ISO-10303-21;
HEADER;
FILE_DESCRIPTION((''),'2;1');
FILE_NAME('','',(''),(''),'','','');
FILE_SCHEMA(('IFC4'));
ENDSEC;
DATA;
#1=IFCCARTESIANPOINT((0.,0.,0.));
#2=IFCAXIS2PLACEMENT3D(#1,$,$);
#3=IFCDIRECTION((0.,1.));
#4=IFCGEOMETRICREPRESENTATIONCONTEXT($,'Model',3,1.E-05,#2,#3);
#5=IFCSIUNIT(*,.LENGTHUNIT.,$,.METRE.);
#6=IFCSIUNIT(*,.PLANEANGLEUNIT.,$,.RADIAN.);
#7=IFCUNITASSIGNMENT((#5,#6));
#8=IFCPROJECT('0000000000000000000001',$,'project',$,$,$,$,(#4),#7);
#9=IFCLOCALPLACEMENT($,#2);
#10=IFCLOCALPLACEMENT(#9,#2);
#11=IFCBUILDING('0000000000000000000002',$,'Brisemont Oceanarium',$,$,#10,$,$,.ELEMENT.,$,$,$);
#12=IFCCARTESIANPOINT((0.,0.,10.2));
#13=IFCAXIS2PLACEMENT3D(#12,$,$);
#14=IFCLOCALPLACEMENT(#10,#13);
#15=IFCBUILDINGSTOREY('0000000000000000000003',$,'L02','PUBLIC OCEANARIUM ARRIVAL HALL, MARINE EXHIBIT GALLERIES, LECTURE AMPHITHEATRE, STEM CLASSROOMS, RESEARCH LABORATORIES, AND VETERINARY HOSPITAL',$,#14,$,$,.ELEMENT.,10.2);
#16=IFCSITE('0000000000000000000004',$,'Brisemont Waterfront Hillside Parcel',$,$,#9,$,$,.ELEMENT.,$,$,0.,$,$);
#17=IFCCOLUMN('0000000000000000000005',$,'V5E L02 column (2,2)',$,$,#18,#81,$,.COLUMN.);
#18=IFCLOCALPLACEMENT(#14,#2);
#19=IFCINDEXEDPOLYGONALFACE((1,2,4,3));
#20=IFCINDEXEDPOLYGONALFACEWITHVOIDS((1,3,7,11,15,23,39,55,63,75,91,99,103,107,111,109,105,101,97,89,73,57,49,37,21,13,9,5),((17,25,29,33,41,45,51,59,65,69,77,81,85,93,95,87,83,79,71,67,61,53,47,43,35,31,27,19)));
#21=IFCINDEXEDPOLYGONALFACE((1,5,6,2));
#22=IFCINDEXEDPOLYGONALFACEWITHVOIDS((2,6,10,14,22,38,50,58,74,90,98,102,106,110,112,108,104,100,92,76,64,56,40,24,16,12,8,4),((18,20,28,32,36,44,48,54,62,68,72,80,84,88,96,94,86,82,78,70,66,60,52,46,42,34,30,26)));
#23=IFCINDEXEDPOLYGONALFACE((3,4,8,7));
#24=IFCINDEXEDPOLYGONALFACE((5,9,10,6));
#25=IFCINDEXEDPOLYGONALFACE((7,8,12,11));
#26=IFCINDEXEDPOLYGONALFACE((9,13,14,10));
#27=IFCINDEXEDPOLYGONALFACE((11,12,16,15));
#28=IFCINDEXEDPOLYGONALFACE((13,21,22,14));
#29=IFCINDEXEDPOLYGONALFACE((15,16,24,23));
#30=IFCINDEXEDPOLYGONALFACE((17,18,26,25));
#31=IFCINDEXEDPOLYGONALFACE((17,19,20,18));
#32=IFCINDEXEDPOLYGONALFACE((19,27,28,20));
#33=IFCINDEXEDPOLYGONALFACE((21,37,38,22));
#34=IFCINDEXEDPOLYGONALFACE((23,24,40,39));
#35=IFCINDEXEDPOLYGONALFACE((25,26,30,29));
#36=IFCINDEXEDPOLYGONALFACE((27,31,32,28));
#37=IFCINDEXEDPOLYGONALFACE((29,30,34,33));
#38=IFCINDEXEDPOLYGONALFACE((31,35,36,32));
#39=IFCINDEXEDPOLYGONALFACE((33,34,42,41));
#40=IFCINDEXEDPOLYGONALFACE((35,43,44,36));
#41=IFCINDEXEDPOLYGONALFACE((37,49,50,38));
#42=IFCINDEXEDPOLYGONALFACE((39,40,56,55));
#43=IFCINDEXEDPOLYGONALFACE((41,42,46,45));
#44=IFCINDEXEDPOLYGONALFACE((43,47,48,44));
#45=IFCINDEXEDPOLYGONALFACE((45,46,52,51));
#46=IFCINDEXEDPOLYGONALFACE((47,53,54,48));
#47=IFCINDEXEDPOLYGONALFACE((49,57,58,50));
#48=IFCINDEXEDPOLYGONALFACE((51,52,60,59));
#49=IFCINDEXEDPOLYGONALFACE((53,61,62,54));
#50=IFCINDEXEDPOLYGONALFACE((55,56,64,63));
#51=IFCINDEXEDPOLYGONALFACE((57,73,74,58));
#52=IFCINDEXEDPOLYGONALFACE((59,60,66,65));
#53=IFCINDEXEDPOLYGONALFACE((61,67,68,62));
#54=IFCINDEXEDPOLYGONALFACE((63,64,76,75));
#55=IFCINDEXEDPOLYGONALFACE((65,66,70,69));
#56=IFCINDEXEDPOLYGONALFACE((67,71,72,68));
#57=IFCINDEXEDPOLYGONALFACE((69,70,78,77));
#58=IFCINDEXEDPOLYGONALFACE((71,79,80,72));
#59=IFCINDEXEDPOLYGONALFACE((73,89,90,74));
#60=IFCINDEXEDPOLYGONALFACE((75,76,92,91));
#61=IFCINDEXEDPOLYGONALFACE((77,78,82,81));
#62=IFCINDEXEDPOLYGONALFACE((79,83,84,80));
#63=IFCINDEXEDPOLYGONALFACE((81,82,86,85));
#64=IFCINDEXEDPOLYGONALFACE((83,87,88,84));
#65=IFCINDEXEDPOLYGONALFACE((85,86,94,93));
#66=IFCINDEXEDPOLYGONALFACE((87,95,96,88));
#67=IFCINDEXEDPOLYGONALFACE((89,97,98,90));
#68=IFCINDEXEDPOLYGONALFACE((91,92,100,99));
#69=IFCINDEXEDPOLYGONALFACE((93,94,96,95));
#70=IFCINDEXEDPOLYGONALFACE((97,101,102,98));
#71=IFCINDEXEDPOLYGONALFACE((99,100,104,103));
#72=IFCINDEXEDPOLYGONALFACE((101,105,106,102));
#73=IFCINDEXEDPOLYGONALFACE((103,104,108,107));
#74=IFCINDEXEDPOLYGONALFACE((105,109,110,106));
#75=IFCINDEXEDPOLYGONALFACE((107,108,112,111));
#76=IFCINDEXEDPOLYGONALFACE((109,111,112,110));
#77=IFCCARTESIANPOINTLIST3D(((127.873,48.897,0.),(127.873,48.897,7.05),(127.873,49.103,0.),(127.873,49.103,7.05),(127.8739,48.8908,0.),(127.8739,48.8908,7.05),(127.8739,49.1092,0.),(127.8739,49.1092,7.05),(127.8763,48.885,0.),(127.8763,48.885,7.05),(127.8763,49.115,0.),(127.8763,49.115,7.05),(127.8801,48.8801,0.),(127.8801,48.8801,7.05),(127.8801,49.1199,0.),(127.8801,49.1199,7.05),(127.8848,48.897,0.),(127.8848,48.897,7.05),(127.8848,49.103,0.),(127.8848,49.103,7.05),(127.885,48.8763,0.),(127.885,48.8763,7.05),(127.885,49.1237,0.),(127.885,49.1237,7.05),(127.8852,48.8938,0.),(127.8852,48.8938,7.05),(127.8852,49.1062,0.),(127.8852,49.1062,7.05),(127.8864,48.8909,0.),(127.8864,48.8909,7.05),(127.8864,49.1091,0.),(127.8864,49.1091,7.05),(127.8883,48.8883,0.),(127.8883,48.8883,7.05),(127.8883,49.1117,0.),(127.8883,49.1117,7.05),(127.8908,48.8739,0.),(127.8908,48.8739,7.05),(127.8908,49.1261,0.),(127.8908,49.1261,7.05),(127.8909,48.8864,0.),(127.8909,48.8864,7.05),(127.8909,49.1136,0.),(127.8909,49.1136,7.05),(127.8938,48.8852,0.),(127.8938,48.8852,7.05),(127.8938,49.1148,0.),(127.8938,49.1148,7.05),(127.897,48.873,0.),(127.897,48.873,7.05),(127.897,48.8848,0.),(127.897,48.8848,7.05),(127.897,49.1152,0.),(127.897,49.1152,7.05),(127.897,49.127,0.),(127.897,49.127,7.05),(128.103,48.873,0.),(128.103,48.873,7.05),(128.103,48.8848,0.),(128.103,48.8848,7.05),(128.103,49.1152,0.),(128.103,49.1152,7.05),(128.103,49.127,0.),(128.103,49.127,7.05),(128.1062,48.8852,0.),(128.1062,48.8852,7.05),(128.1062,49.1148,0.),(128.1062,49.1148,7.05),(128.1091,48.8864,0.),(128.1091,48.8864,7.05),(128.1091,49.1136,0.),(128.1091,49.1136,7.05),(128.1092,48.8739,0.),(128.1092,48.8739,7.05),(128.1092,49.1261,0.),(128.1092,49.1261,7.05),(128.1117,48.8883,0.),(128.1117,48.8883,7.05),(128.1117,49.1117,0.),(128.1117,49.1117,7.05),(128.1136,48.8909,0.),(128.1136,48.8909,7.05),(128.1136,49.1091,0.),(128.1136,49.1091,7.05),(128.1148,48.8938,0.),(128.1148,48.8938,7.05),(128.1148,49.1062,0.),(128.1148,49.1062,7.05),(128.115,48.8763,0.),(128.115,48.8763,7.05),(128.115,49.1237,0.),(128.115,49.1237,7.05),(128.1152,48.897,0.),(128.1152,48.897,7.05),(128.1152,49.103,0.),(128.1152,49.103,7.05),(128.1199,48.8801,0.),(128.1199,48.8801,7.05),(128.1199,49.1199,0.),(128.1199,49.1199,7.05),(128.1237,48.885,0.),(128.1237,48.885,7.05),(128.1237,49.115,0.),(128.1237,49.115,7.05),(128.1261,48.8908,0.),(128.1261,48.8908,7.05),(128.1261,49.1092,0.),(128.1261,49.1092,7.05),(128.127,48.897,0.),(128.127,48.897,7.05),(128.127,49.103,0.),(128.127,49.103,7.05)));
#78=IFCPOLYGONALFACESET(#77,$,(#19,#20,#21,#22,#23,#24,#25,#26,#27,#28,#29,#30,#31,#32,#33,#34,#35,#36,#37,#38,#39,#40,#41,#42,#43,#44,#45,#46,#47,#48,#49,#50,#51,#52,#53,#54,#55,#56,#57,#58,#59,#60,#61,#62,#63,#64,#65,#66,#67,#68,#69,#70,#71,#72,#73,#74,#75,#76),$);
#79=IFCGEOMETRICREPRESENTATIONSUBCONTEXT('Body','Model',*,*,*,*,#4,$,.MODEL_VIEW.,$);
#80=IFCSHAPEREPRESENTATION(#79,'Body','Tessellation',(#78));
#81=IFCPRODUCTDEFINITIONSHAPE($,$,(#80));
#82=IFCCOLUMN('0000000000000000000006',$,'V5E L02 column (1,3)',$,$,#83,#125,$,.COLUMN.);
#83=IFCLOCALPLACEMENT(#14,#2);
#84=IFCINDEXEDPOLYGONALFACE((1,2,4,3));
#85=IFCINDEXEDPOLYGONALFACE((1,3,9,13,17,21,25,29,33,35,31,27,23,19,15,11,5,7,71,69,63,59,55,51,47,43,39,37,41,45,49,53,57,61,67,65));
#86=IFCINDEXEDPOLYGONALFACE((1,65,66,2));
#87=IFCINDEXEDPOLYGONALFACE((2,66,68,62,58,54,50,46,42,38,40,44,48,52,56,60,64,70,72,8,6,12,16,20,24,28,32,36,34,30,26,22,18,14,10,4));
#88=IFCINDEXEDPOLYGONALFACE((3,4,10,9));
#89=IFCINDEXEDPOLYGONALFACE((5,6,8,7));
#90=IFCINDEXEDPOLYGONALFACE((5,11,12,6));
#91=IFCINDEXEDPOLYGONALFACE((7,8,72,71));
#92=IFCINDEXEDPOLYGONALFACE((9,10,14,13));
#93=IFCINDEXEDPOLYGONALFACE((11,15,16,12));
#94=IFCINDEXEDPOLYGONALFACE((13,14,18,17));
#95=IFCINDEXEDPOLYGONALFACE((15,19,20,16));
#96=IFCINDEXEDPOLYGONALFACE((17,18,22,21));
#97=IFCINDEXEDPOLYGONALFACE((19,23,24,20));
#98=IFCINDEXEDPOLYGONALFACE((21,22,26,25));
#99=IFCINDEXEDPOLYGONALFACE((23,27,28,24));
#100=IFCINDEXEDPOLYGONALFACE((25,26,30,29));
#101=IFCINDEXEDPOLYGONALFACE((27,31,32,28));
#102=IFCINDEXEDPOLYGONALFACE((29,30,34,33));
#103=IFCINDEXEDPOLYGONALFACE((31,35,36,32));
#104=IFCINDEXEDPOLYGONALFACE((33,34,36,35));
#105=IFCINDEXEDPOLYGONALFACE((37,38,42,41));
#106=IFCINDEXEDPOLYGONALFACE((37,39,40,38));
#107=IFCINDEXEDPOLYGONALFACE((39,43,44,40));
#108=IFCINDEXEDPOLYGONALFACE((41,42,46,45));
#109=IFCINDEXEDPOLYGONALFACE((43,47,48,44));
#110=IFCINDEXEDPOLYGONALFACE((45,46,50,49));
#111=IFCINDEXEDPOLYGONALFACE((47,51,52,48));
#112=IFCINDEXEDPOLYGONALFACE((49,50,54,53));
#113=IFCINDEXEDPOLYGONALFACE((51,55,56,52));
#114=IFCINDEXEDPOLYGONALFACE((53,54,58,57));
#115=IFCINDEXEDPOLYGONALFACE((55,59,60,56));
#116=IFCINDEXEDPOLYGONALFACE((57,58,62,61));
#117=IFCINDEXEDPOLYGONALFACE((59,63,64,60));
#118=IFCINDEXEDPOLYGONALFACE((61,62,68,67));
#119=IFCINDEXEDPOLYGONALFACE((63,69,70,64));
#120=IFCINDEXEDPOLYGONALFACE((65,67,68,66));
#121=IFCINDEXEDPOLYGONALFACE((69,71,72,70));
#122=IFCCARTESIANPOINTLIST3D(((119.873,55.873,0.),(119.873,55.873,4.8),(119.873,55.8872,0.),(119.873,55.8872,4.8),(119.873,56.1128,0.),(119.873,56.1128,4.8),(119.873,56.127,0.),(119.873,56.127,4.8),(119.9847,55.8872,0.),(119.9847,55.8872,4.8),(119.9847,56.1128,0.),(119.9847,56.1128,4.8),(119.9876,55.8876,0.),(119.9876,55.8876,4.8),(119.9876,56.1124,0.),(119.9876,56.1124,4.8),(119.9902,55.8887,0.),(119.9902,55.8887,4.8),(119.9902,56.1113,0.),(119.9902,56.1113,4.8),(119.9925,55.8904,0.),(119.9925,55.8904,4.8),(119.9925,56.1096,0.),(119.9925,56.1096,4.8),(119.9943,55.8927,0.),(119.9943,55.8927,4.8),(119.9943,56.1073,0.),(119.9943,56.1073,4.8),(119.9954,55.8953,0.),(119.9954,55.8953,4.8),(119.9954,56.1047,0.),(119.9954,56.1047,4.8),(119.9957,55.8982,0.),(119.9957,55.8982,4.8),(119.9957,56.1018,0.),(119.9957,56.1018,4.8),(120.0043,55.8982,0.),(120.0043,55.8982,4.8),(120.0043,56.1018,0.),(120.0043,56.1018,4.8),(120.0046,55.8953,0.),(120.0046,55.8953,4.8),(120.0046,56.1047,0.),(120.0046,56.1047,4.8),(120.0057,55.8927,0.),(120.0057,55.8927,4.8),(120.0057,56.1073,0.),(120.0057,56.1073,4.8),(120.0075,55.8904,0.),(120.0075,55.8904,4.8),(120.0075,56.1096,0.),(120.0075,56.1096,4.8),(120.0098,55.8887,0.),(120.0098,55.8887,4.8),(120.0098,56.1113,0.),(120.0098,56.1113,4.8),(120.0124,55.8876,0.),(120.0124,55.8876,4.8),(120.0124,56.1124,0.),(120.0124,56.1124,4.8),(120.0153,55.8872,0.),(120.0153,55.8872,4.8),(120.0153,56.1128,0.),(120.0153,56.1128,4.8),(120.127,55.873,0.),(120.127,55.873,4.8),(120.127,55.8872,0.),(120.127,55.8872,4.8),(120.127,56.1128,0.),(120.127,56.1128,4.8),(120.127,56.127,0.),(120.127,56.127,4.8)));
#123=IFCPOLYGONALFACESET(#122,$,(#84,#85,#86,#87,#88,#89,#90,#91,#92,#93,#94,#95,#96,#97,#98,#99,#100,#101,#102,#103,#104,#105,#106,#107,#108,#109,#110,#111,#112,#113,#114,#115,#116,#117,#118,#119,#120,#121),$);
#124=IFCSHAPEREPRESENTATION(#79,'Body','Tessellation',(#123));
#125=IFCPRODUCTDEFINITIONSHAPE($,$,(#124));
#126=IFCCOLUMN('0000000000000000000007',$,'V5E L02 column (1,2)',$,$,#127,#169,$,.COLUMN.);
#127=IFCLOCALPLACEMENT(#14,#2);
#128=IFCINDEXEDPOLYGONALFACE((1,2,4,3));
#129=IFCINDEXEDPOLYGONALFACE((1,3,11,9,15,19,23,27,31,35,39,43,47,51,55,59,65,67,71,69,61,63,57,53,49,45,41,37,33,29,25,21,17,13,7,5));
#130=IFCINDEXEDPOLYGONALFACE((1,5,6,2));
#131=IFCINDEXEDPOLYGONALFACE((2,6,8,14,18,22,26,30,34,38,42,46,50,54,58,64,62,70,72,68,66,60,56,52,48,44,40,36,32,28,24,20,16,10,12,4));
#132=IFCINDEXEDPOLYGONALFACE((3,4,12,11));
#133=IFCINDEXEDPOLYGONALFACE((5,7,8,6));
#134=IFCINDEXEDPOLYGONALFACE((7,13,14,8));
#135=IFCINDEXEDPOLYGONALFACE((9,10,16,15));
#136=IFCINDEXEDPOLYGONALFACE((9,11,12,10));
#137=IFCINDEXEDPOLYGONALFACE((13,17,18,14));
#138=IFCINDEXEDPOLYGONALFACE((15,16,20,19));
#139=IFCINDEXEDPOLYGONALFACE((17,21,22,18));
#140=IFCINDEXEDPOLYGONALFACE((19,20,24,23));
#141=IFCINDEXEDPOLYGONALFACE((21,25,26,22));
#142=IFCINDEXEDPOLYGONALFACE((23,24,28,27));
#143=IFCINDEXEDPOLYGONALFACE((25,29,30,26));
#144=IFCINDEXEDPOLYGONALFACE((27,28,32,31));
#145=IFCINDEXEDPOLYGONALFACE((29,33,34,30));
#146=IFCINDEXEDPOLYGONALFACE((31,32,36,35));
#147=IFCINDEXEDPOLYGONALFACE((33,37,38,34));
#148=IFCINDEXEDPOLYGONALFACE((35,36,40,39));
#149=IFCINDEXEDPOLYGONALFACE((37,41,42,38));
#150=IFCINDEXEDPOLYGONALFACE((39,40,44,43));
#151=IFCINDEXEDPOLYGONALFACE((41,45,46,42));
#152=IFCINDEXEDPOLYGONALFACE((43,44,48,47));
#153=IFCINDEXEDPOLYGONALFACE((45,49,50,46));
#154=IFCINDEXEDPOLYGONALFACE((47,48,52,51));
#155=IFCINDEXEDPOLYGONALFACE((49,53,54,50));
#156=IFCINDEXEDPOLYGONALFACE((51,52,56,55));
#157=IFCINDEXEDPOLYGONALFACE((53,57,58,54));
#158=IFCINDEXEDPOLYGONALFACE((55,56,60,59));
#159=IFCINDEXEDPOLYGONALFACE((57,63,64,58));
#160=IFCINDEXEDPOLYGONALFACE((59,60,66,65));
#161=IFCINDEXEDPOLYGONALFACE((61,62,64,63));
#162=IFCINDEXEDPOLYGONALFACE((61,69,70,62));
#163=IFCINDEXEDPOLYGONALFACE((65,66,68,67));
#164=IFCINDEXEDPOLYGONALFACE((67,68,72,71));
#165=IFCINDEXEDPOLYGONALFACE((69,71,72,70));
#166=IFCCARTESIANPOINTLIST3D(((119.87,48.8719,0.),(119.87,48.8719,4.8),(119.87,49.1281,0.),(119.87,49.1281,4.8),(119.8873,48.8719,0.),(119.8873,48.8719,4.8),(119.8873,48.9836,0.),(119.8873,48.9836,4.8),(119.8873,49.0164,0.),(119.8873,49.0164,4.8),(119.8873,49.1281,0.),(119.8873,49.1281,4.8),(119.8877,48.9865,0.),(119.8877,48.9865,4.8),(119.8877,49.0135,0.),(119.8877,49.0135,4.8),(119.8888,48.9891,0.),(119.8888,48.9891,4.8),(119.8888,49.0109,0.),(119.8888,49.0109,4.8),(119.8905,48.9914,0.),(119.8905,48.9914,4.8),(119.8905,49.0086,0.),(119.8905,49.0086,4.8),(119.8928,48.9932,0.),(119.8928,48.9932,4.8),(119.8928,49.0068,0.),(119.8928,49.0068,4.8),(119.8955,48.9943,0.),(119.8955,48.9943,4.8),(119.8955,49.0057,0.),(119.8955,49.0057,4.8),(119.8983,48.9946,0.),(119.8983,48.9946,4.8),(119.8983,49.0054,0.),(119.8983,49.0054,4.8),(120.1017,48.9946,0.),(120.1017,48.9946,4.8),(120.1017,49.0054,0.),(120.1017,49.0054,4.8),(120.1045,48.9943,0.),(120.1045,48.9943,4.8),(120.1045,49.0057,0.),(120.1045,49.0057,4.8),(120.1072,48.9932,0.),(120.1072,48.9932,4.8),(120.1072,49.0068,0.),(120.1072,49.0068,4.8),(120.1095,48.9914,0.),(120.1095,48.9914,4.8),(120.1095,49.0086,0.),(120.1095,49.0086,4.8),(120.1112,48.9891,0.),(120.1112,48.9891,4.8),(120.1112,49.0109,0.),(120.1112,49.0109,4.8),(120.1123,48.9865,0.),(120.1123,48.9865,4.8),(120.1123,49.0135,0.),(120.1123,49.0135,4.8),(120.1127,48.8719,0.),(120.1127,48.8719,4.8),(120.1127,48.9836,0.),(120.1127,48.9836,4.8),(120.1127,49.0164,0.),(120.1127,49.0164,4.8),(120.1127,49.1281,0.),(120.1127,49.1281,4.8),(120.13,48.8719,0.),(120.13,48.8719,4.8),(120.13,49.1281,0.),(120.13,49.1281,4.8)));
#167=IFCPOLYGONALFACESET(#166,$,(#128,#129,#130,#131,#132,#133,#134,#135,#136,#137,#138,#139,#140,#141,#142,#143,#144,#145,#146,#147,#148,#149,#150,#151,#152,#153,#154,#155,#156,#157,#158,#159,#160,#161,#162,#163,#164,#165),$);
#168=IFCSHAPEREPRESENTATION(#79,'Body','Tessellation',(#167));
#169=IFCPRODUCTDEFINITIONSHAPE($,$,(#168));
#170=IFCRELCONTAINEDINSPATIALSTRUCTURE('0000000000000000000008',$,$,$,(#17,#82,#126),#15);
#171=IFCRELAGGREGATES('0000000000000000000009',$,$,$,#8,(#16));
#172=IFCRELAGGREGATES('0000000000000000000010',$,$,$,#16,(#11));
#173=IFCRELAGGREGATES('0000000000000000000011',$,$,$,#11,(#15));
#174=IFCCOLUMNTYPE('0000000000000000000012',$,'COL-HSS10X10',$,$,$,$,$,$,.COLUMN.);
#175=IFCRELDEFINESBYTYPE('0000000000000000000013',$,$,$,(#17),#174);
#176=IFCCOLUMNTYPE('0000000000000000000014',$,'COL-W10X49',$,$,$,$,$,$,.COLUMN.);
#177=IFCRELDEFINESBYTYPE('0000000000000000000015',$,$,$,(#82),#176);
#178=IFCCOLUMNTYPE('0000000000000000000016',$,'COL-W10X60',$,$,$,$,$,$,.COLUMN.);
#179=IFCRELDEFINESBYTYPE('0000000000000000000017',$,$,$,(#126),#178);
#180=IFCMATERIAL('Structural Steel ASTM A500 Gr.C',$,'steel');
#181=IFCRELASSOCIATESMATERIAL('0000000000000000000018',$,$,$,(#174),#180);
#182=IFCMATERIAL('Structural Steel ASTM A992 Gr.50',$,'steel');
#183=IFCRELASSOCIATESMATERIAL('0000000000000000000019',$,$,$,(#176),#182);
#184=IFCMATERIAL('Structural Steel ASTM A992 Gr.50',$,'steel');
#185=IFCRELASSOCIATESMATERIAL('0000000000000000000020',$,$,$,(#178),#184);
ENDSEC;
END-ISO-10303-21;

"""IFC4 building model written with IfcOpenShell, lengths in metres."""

from ifc_helpers import new_model, si_unit, direction, frame, origin, origin_2d, place, context, subcontext, project, spatial, hollow_rectangle, i_section, extrude, material, material_profile, profile_set, type_object, element, save


model = new_model("IFC4")

# Units and contexts
model_context = context("Model", 3, precision=1e-05, world=origin(), true_north=direction((0.0, 1.0)))
body_context = subcontext(model_context, "Body", "Model", "MODEL_VIEW")
ifc_project = project(units=[si_unit("LENGTHUNIT", "METRE"), si_unit("PLANEANGLEUNIT", "RADIAN")], contexts=[model_context])

# Site, building, storey
site_placement = place(None, origin())
site = spatial("IfcSite", under=ifc_project, at=site_placement, Name="Brisemont Waterfront Hillside Parcel", CompositionType="ELEMENT", RefElevation=0.0)
building_placement = place(site_placement, origin())
building = spatial("IfcBuilding", under=site, at=building_placement, Name="Brisemont Oceanarium", CompositionType="ELEMENT")
storey_placement = place(building_placement, frame((0.0, 0.0, 10.2)))
storey = spatial("IfcBuildingStorey", under=building, at=storey_placement, Name="L02", Description="PUBLIC OCEANARIUM ARRIVAL HALL, MARINE EXHIBIT GALLERIES, LECTURE AMPHITHEATRE, STEM CLASSROOMS, RESEARCH LABORATORIES, AND VETERINARY HOSPITAL", CompositionType="ELEMENT", Elevation=10.2)

# Columns
ifc_material_1 = material(Name="Structural Steel ASTM A500 Gr.C", Category="steel")
ifc_material_profile_1 = material_profile(ifc_material_1, hollow_rectangle(XDim=0.2539, YDim=0.2539, WallThickness=0.0117, InnerFilletRadius=0.0122, OuterFilletRadius=0.0239, at=origin_2d()), Name="HSS10X10X1/2")
ifc_profile_set_1 = profile_set([ifc_material_profile_1], Name="Structural Steel ASTM A500 Gr.C")
column_type_1 = type_object("IfcColumnType", Name="COL-HSS10X10", PredefinedType="COLUMN", material=ifc_profile_set_1)
column_1_placement = place(storey_placement, frame((128.0, 49.0, 0.0), z_axis=(0.0, 0.0, 1.0), x_axis=(1.0, 0.0, 0.0)))
element("IfcColumn", 1, at=column_1_placement, inside=storey, type_object=column_type_1, Name="V5E L02 column (2,2)", PredefinedType="COLUMN", context=body_context, shape_type="SweptSolid", body=[
    extrude(hollow_rectangle(XDim=0.2539, YDim=0.2539, WallThickness=0.0117, InnerFilletRadius=0.0122, OuterFilletRadius=0.0239, at=origin_2d()), origin(), (0.0, 0.0, 1.0), 7.05),
])
ifc_material_2 = material(Name="Structural Steel ASTM A992 Gr.50", Category="steel")
ifc_material_profile_2 = material_profile(ifc_material_2, i_section(OverallWidth=0.2539, OverallDepth=0.2539, WebThickness=0.0085, FlangeThickness=0.0142, FilletRadius=0.011, at=origin_2d()), Name="W10X49")
ifc_profile_set_2 = profile_set([ifc_material_profile_2], Name="Structural Steel ASTM A992 Gr.50")
column_type_2 = type_object("IfcColumnType", Name="COL-W10X49", PredefinedType="COLUMN", material=ifc_profile_set_2)
column_2_placement = place(storey_placement, frame((120.0, 56.0, 0.0), z_axis=(0.0, 0.0, 1.0), x_axis=(1.0, 0.0, 0.0)))
element("IfcColumn", 2, at=column_2_placement, inside=storey, type_object=column_type_2, Name="V5E L02 column (1,3)", PredefinedType="COLUMN", context=body_context, shape_type="SweptSolid", body=[
    extrude(i_section(OverallWidth=0.2539, OverallDepth=0.2539, WebThickness=0.0085, FlangeThickness=0.0142, FilletRadius=0.011, at=origin_2d()), origin(), (0.0, 0.0, 1.0), 4.8),
])
ifc_material_3 = material(Name="Structural Steel ASTM A992 Gr.50", Category="steel")
ifc_material_profile_3 = material_profile(ifc_material_3, i_section(OverallWidth=0.2561, OverallDepth=0.26, WebThickness=0.0107, FlangeThickness=0.0173, FilletRadius=0.011, at=origin_2d()), Name="W10X60")
ifc_profile_set_3 = profile_set([ifc_material_profile_3], Name="Structural Steel ASTM A992 Gr.50")
column_type_3 = type_object("IfcColumnType", Name="COL-W10X60", PredefinedType="COLUMN", material=ifc_profile_set_3)
column_3_placement = place(storey_placement, frame((120.0, 49.0, 0.0), z_axis=(0.0, 0.0, 1.0), x_axis=(0.0, 1.0, 0.0)))
element("IfcColumn", 3, at=column_3_placement, inside=storey, type_object=column_type_3, Name="V5E L02 column (1,2)", PredefinedType="COLUMN", context=body_context, shape_type="SweptSolid", body=[
    extrude(i_section(OverallWidth=0.2561, OverallDepth=0.26, WebThickness=0.0107, FlangeThickness=0.0173, FilletRadius=0.011, at=origin_2d()), origin(), (0.0, 0.0, 1.0), 4.8),
])

save(model, "model.ifc")
